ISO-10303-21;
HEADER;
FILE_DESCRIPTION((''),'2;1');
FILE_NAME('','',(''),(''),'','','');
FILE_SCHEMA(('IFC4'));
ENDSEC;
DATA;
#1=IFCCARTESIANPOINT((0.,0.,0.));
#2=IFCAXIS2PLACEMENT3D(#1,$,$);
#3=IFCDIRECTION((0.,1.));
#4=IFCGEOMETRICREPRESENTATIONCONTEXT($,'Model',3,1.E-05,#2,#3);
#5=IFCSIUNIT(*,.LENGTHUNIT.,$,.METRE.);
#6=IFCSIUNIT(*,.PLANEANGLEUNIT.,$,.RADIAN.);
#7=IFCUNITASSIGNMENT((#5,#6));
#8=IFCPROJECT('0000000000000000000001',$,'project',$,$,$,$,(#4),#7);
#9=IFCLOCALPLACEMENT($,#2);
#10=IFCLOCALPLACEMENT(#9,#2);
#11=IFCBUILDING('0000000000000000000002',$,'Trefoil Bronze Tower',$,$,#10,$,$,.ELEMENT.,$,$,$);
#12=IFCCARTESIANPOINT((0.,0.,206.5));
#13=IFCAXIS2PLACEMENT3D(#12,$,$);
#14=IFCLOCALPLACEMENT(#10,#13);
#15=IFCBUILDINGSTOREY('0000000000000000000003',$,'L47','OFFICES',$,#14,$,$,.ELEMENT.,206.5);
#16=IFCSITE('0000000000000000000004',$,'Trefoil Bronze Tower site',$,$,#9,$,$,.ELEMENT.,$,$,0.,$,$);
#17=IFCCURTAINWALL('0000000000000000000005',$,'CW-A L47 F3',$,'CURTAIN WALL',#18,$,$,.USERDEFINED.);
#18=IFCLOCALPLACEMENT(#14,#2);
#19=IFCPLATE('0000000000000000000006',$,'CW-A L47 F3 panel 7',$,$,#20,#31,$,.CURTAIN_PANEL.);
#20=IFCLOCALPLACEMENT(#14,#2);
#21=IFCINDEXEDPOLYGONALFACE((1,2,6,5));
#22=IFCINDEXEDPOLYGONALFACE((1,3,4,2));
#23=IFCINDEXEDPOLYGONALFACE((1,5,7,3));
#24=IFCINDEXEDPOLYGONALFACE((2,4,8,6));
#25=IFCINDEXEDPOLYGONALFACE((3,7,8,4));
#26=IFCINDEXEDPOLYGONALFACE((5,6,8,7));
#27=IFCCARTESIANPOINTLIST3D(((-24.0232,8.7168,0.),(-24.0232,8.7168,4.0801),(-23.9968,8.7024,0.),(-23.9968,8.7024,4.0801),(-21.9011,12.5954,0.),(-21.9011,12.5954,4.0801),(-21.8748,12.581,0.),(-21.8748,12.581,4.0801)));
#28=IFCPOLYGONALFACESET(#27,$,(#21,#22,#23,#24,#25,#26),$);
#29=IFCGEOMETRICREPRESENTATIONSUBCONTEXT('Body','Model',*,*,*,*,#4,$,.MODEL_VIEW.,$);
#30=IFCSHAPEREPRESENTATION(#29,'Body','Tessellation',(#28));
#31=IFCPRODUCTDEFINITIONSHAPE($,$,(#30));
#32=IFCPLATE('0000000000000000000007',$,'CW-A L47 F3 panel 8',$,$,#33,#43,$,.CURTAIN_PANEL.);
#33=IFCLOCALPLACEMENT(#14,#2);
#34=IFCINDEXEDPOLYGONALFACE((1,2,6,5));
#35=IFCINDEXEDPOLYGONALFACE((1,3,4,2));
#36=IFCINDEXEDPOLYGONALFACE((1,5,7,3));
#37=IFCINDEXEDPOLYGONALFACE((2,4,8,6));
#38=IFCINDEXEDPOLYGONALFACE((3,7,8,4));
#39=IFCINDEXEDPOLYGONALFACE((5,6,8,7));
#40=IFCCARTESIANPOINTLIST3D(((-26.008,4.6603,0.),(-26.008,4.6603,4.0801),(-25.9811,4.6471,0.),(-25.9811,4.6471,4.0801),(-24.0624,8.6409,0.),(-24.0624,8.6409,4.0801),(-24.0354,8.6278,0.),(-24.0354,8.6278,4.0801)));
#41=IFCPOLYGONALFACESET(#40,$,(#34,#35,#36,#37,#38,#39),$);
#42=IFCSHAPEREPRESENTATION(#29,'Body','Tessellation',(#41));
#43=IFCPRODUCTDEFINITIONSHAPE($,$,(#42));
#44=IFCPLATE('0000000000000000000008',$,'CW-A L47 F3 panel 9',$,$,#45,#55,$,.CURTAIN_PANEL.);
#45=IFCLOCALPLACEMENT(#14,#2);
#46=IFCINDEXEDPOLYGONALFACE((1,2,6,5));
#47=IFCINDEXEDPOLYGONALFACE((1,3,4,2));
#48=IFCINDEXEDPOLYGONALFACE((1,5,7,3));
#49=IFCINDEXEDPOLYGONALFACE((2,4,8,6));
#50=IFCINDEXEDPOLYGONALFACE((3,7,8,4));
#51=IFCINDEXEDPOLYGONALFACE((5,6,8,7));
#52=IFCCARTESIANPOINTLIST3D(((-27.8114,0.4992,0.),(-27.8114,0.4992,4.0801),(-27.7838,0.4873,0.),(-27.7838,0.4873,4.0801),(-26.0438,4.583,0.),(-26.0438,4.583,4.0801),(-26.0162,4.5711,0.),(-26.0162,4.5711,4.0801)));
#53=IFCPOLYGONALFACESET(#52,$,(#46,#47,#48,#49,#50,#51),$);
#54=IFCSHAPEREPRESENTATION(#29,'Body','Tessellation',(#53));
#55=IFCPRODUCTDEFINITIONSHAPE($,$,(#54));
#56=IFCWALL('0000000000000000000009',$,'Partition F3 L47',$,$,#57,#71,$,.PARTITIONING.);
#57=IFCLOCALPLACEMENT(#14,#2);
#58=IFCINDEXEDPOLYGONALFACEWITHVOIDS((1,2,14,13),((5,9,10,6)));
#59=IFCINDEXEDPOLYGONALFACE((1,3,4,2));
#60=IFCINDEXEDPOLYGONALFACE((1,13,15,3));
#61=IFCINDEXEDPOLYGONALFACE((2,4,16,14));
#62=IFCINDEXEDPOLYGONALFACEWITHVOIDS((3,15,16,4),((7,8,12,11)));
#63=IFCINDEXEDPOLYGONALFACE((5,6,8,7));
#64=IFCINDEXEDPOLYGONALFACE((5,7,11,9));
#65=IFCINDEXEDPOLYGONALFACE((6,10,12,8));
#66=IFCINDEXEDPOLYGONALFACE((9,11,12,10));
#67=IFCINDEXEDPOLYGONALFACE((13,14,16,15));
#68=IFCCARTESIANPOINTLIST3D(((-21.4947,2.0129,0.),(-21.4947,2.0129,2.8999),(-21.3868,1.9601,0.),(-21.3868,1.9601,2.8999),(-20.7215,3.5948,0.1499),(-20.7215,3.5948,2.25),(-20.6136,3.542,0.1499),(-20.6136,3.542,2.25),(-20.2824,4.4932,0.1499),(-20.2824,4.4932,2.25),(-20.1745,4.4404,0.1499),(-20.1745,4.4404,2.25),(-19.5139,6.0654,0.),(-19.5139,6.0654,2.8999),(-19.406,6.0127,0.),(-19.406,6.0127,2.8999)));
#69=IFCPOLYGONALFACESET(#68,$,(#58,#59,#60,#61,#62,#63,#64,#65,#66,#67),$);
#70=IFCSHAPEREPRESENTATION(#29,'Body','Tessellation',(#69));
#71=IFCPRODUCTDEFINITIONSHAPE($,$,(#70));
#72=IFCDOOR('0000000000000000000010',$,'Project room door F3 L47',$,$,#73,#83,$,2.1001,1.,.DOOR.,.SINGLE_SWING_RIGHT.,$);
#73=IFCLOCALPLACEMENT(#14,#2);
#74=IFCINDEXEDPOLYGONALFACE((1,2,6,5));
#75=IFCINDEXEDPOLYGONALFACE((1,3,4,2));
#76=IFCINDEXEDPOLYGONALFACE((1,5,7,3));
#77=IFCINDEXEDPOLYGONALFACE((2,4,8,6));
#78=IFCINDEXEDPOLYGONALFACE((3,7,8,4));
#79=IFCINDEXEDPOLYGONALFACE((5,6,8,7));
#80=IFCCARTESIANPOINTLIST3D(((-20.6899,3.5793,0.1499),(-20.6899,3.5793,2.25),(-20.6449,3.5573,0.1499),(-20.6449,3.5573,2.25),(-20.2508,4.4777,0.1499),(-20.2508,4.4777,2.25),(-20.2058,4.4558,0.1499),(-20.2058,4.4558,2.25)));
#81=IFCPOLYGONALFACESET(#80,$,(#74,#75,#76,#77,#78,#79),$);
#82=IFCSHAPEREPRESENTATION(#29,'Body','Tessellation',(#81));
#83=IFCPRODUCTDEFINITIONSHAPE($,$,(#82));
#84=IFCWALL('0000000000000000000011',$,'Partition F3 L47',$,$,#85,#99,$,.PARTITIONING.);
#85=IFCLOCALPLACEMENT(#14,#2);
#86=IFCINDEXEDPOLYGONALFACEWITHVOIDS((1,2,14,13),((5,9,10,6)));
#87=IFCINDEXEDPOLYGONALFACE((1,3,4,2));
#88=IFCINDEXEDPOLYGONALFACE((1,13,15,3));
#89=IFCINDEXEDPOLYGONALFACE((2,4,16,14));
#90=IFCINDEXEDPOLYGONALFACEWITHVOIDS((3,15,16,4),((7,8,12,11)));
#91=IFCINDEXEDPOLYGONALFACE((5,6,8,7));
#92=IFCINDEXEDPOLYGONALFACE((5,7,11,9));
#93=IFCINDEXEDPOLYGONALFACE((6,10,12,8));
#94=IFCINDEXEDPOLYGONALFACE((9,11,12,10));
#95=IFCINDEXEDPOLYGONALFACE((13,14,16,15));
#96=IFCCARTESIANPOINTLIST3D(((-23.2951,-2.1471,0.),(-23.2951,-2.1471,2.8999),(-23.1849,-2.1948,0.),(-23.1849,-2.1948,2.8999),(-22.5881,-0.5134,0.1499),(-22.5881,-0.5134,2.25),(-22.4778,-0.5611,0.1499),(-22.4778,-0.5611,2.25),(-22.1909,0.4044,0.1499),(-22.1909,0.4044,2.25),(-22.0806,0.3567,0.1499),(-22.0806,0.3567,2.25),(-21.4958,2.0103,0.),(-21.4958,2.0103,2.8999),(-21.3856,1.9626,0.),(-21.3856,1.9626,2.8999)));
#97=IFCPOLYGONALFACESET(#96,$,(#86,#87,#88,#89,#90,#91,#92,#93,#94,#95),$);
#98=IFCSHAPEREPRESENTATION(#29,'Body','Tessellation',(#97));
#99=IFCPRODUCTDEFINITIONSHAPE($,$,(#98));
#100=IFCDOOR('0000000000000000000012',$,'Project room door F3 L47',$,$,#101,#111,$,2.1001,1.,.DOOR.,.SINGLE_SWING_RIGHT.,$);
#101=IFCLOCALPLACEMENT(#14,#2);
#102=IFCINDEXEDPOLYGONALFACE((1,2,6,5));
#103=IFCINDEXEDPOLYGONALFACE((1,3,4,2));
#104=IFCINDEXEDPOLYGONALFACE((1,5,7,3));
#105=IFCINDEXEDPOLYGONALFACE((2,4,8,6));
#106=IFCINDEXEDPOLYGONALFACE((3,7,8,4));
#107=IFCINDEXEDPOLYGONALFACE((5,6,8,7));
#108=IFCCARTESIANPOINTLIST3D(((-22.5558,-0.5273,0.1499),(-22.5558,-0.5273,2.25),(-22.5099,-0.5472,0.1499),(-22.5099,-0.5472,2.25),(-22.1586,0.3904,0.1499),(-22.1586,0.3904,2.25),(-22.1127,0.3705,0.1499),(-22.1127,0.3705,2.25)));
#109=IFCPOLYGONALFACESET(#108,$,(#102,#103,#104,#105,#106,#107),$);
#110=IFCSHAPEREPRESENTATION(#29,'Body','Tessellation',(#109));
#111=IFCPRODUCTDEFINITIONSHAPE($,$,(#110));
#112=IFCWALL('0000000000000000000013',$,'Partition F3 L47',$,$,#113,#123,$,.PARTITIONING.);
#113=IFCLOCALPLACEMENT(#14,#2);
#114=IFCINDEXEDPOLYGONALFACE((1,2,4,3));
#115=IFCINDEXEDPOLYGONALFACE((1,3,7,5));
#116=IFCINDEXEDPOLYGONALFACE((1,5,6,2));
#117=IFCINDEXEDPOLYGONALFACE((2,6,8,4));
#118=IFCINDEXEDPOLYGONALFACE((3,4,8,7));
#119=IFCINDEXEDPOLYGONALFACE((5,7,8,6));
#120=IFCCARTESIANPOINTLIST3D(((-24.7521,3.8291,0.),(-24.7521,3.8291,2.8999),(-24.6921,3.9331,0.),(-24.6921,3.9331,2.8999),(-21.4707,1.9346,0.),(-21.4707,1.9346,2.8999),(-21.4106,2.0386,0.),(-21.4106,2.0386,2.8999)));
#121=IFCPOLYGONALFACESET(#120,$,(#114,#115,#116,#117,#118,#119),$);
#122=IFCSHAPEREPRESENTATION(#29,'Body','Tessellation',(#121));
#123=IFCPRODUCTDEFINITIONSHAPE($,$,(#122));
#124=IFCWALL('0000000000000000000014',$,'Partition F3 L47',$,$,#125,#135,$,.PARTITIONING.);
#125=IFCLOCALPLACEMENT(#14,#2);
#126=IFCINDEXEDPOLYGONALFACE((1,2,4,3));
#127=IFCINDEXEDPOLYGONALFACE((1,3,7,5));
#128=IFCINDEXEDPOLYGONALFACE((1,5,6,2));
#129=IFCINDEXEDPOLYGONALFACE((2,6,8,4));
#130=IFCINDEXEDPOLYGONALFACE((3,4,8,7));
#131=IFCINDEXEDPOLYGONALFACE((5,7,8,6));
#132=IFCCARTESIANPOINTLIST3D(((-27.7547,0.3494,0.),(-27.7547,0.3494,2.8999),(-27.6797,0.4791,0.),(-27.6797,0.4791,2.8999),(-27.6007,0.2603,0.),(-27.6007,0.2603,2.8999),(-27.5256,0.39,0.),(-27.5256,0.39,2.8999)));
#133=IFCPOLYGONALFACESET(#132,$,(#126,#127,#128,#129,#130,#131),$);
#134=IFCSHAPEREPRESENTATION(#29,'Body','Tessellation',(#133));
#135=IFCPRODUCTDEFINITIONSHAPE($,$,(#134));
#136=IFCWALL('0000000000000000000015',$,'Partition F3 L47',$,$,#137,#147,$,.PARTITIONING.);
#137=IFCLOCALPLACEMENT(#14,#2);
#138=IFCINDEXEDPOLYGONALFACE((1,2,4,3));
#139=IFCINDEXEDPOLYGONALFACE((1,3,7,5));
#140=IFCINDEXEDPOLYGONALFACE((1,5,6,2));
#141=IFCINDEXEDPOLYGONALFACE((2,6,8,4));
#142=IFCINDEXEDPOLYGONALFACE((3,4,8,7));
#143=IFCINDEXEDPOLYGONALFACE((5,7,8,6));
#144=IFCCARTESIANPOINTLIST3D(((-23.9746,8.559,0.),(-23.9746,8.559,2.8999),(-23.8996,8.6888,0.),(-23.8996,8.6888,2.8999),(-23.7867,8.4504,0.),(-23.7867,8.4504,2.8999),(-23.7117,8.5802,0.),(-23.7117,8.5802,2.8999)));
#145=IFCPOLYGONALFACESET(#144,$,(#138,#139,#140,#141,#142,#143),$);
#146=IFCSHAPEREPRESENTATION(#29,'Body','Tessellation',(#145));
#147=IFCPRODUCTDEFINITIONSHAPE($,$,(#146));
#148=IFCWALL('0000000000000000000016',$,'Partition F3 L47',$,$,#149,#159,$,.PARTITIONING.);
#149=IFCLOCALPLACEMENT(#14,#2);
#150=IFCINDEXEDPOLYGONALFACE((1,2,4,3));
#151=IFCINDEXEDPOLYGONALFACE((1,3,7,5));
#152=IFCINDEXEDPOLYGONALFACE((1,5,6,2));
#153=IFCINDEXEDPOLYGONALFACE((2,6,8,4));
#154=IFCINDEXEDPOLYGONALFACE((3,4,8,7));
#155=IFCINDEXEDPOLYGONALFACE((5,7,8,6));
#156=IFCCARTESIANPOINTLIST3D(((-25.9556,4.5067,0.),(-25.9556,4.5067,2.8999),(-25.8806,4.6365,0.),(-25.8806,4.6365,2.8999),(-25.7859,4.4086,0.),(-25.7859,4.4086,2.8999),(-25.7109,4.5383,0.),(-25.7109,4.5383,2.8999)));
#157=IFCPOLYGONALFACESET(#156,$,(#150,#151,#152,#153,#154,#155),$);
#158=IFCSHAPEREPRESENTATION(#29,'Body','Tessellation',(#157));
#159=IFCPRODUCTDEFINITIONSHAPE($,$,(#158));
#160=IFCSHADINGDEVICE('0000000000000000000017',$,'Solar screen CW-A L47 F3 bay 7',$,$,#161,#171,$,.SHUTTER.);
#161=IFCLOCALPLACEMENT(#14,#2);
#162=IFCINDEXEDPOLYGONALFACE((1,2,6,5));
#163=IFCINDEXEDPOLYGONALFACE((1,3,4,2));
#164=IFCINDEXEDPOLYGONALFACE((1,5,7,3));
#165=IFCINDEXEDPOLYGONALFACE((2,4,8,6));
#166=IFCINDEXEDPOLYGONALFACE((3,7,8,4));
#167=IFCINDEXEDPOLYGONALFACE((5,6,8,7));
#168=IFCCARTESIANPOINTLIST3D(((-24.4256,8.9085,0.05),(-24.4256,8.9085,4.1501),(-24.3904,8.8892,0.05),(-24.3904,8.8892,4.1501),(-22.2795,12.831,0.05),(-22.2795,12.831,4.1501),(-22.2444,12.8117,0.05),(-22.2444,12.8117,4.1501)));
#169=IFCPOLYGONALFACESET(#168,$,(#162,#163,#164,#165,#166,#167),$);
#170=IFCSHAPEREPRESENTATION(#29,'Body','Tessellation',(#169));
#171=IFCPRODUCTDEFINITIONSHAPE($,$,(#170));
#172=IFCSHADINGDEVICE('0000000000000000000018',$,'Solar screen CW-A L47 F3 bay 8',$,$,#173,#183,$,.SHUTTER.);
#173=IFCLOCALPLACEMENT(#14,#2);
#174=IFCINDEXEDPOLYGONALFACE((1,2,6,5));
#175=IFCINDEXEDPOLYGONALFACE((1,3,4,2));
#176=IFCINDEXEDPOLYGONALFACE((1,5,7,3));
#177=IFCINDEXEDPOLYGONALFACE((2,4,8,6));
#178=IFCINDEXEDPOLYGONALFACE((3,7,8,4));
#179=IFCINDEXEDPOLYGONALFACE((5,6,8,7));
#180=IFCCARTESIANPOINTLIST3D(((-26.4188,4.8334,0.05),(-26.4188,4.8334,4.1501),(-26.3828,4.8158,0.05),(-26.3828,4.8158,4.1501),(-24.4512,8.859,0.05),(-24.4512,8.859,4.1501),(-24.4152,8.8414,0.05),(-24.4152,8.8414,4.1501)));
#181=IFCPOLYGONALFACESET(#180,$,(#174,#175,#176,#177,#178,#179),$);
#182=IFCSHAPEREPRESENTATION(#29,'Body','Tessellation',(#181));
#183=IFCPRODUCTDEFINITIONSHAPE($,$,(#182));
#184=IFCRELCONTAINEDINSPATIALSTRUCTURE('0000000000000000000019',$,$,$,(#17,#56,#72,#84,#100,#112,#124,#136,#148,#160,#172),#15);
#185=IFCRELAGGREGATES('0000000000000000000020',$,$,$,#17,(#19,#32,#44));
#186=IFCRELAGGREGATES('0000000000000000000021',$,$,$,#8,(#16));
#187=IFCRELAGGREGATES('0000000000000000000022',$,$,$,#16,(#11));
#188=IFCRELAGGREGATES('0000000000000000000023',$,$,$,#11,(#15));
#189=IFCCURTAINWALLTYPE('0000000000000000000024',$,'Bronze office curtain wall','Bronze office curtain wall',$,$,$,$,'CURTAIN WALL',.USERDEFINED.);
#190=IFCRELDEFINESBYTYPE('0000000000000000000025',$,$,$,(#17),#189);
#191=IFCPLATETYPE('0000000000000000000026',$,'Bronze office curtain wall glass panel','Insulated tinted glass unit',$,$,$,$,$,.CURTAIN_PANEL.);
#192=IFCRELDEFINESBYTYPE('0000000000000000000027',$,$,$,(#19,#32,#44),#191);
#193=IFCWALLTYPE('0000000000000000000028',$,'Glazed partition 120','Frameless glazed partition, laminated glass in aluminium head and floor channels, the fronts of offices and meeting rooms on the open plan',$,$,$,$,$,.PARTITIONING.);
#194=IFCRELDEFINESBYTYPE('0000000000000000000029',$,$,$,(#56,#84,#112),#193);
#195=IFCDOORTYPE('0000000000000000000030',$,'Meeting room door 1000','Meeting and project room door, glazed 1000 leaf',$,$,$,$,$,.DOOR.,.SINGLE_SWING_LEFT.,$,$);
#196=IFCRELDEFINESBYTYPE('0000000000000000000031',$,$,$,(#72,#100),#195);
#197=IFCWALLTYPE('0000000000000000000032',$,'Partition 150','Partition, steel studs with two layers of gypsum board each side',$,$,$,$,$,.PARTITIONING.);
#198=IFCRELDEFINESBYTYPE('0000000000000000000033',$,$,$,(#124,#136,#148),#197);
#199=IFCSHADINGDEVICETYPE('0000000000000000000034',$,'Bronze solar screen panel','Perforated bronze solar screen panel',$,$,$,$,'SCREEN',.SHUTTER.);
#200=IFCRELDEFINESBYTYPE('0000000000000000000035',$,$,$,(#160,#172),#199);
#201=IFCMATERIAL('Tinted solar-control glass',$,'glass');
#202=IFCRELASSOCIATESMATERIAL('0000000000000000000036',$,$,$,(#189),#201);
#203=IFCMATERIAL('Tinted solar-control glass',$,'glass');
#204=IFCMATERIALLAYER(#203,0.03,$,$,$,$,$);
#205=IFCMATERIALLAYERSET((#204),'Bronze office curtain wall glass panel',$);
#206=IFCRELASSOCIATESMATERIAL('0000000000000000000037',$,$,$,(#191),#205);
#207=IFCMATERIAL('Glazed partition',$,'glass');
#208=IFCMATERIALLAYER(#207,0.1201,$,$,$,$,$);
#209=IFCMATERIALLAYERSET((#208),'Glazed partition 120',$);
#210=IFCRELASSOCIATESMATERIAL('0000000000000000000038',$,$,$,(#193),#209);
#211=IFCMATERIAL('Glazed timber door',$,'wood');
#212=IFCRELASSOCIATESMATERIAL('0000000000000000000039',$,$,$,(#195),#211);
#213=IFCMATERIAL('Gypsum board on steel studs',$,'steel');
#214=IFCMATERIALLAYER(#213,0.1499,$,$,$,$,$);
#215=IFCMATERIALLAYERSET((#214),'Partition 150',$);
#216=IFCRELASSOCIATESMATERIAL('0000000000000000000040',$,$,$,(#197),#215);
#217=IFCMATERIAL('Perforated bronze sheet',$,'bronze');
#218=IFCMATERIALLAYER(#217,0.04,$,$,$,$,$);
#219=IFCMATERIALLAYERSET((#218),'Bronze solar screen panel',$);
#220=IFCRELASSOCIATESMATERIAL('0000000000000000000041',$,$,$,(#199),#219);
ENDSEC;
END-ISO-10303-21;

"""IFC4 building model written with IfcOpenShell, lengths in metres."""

from ifc_helpers import new_model, si_unit, direction, frame, frame_2d, origin, origin_2d, place, context, subcontext, project, spatial, rectangle, extrude, material, layer, layer_set, type_object, element, fill, aggregate, save


model = new_model("IFC4")

# Units and contexts
model_context = context("Model", 3, precision=1e-05, world=origin(), true_north=direction((0.0, 1.0)))
body_context = subcontext(model_context, "Body", "Model", "MODEL_VIEW")
ifc_project = project(units=[si_unit("LENGTHUNIT", "METRE"), si_unit("PLANEANGLEUNIT", "RADIAN")], contexts=[model_context])

# Site, building, storey
site_placement = place(None, origin())
site = spatial("IfcSite", under=ifc_project, at=site_placement, Name="Trefoil Bronze Tower site", CompositionType="ELEMENT", RefElevation=0.0)
building_placement = place(site_placement, origin())
building = spatial("IfcBuilding", under=site, at=building_placement, Name="Trefoil Bronze Tower", CompositionType="ELEMENT")
storey_placement = place(building_placement, frame((0.0, 0.0, 206.5)))
storey = spatial("IfcBuildingStorey", under=building, at=storey_placement, Name="L47", Description="OFFICES", CompositionType="ELEMENT", Elevation=206.5)

# Curtain wall
ifc_material_1 = material(Name="Tinted solar-control glass", Category="glass")
curtain_wall_type = type_object("IfcCurtainWallType", Name="Bronze office curtain wall", Description="Bronze office curtain wall", ElementType="CURTAIN WALL", PredefinedType="USERDEFINED", material=ifc_material_1)
curtain_wall_placement = place(storey_placement, origin())
curtain_wall = element("IfcCurtainWall", 1, at=curtain_wall_placement, inside=storey, type_object=curtain_wall_type, Name="CW-A L47 F3", ObjectType="CURTAIN WALL", PredefinedType="USERDEFINED")

# Plates
ifc_material_2 = material(Name="Tinted solar-control glass", Category="glass")
ifc_layer_1 = layer(ifc_material_2, 0.03)
ifc_layer_set_1 = layer_set([ifc_layer_1], Name="Bronze office curtain wall glass panel")
plate_type = type_object("IfcPlateType", Name="Bronze office curtain wall glass panel", Description="Insulated tinted glass unit", PredefinedType="CURTAIN_PANEL", material=ifc_layer_set_1)
plate_1_placement = place(storey_placement, frame((-22.949, 10.6489, 0.0), z_axis=(0.0, 0.0, 1.0), x_axis=(-0.479974, -0.877283, 0.0)))
plate_1 = element("IfcPlate", 2, at=plate_1_placement, type_object=plate_type, Name="CW-A L47 F3 panel 7", PredefinedType="CURTAIN_PANEL", context=body_context, shape_type="SweptSolid", body=[
    extrude(rectangle(XDim=4.4211, YDim=0.03, at=origin_2d()), origin(), (0.0, 0.0, 1.0), 4.0801),
])
plate_2_placement = place(storey_placement, frame((-25.0217, 6.644, 0.0), z_axis=(0.0, 0.0, 1.0), x_axis=(-0.439129, -0.898424, 0.0)))
plate_2 = element("IfcPlate", 3, at=plate_2_placement, type_object=plate_type, Name="CW-A L47 F3 panel 8", PredefinedType="CURTAIN_PANEL", context=body_context, shape_type="SweptSolid", body=[
    extrude(rectangle(XDim=4.4307, YDim=0.03, at=origin_2d()), origin(), (0.0, 0.0, 1.0), 4.0801),
])
plate_3_placement = place(storey_placement, frame((-26.9138, 2.5352, 0.0), z_axis=(0.0, 0.0, 1.0), x_axis=(-0.39722, -0.917723, 0.0)))
plate_3 = element("IfcPlate", 4, at=plate_3_placement, type_object=plate_type, Name="CW-A L47 F3 panel 9", PredefinedType="CURTAIN_PANEL", context=body_context, shape_type="SweptSolid", body=[
    extrude(rectangle(XDim=4.45, YDim=0.03, at=origin_2d()), origin(), (0.0, 0.0, 1.0), 4.0801),
])
aggregate(curtain_wall, [plate_1, plate_2, plate_3])

# Walls, openings, doors
ifc_material_3 = material(Name="Glazed partition", Category="glass")
ifc_layer_2 = layer(ifc_material_3, 0.1201)
ifc_layer_set_2 = layer_set([ifc_layer_2], Name="Glazed partition 120")
wall_type_1 = type_object("IfcWallType", Name="Glazed partition 120", Description="Frameless glazed partition, laminated glass in aluminium head and floor channels, the fronts of offices and meeting rooms on the open plan", PredefinedType="PARTITIONING", material=ifc_layer_set_2)
wall_1_placement = place(storey_placement, frame((-19.46, 6.0391, 0.0), z_axis=(0.0, 0.0, 1.0), x_axis=(-0.43912, -0.898428, 0.0)))
wall_1 = element("IfcWall", 5, at=wall_1_placement, inside=storey, type_object=wall_type_1, Name="Partition F3 L47", PredefinedType="PARTITIONING", context=body_context, shape_type="SweptSolid", body=[
    extrude(rectangle(XDim=4.5107, YDim=0.1201, at=frame_2d((2.2554, 0.0))), origin(), (0.0, 0.0, 1.0), 2.8999),
])
opening_1_placement = place(wall_1_placement, frame((1.75, 0.0, 0.1499)))
opening_1 = element("IfcOpeningElement", 6, at=opening_1_placement, cuts=wall_1, PredefinedType="OPENING", context=body_context, shape_type="SweptSolid", body=[
    extrude(rectangle(XDim=1.0, YDim=2.1001, at=frame_2d((0.5, 1.05))), frame((0.0, 0.0701, 0.0), z_axis=(0.0, -1.0, 0.0), x_axis=(1.0, 0.0, 0.0)), (0.0, 0.0, 1.0), 0.1401),
])
ifc_material_4 = material(Name="Glazed timber door", Category="wood")
door_type = type_object("IfcDoorType", Name="Meeting room door 1000", Description="Meeting and project room door, glazed 1000 leaf", OperationType="SINGLE_SWING_LEFT", PredefinedType="DOOR", material=ifc_material_4)
door_1_placement = place(opening_1_placement, frame((1.0, 0.0, 0.0), z_axis=(0.0, 0.0, 1.0), x_axis=(-1.0, 0.0, 0.0)))
door_1 = element("IfcDoor", 7, at=door_1_placement, inside=storey, type_object=door_type, Name="Project room door F3 L47", OperationType="SINGLE_SWING_RIGHT", OverallHeight=2.1001, OverallWidth=1.0, PredefinedType="DOOR", context=body_context, shape_type="SweptSolid", body=[
    extrude(rectangle(XDim=1.0, YDim=2.1001, at=frame_2d((0.5, 1.05))), frame((0.0, 0.0249, 0.0), z_axis=(0.0, -1.0, 0.0), x_axis=(1.0, 0.0, 0.0)), (0.0, 0.0, 1.0), 0.05),
])
fill(opening_1, door_1)
wall_2_placement = place(storey_placement, frame((-21.4407, 1.9866, 0.0), z_axis=(0.0, 0.0, 1.0), x_axis=(-0.397188, -0.917737, 0.0)))
wall_2 = element("IfcWall", 8, at=wall_2_placement, inside=storey, type_object=wall_type_1, Name="Partition F3 L47", PredefinedType="PARTITIONING", context=body_context, shape_type="SweptSolid", body=[
    extrude(rectangle(XDim=4.53, YDim=0.1201, at=frame_2d((2.2651, 0.0))), origin(), (0.0, 0.0, 1.0), 2.8999),
])
opening_2_placement = place(wall_2_placement, frame((1.75, 0.0, 0.1499)))
opening_2 = element("IfcOpeningElement", 9, at=opening_2_placement, cuts=wall_2, PredefinedType="OPENING", context=body_context, shape_type="SweptSolid", body=[
    extrude(rectangle(XDim=1.0, YDim=2.1001, at=frame_2d((0.5, 1.05))), frame((0.0, 0.0701, 0.0), z_axis=(0.0, -1.0, 0.0), x_axis=(1.0, 0.0, 0.0)), (0.0, 0.0, 1.0), 0.1401),
])
door_2_placement = place(opening_2_placement, frame((1.0, 0.0, 0.0), z_axis=(0.0, 0.0, 1.0), x_axis=(-1.0, 0.0, 0.0)))
door_2 = element("IfcDoor", 10, at=door_2_placement, inside=storey, type_object=door_type, Name="Project room door F3 L47", OperationType="SINGLE_SWING_RIGHT", OverallHeight=2.1001, OverallWidth=1.0, PredefinedType="DOOR", context=body_context, shape_type="SweptSolid", body=[
    extrude(rectangle(XDim=1.0, YDim=2.1001, at=frame_2d((0.5, 1.05))), frame((0.0, 0.0249, 0.0), z_axis=(0.0, -1.0, 0.0), x_axis=(1.0, 0.0, 0.0)), (0.0, 0.0, 1.0), 0.05),
])
fill(opening_2, door_2)

# Walls
wall_3_placement = place(storey_placement, frame((-21.4407, 1.9866, 0.0), z_axis=(0.0, 0.0, 1.0), x_axis=(-0.86603, 0.499992, 0.0)))
element("IfcWall", 11, at=wall_3_placement, inside=storey, type_object=wall_type_1, Name="Partition F3 L47", PredefinedType="PARTITIONING", context=body_context, shape_type="SweptSolid", body=[
    extrude(rectangle(XDim=3.7891, YDim=0.1201, at=frame_2d((1.8945, 0.0))), origin(), (0.0, 0.0, 1.0), 2.8999),
])
ifc_material_5 = material(Name="Gypsum board on steel studs", Category="steel")
ifc_layer_3 = layer(ifc_material_5, 0.1499)
ifc_layer_set_3 = layer_set([ifc_layer_3], Name="Partition 150")
wall_type_2 = type_object("IfcWallType", Name="Partition 150", Description="Partition, steel studs with two layers of gypsum board each side", PredefinedType="PARTITIONING", material=ifc_layer_set_3)
wall_4_placement = place(storey_placement, frame((-27.5632, 0.3252, 0.0), z_axis=(0.0, 0.0, 1.0), x_axis=(-0.865614, 0.500712, 0.0)))
element("IfcWall", 12, at=wall_4_placement, inside=storey, type_object=wall_type_2, Name="Partition F3 L47", PredefinedType="PARTITIONING", context=body_context, shape_type="SweptSolid", body=[
    extrude(rectangle(XDim=0.178, YDim=0.1499, at=frame_2d((0.0889, 0.0))), origin(), (0.0, 0.0, 1.0), 2.8999),
])
wall_5_placement = place(storey_placement, frame((-23.7493, 8.5154, 0.0), z_axis=(0.0, 0.0, 1.0), x_axis=(-0.865811, 0.500371, 0.0)))
element("IfcWall", 13, at=wall_5_placement, inside=storey, type_object=wall_type_2, Name="Partition F3 L47", PredefinedType="PARTITIONING", context=body_context, shape_type="SweptSolid", body=[
    extrude(rectangle(XDim=0.217, YDim=0.1499, at=frame_2d((0.1084, 0.0))), origin(), (0.0, 0.0, 1.0), 2.8999),
])
wall_6_placement = place(storey_placement, frame((-25.7483, 4.4734, 0.0), z_axis=(0.0, 0.0, 1.0), x_axis=(-0.865625, 0.500693, 0.0)))
element("IfcWall", 14, at=wall_6_placement, inside=storey, type_object=wall_type_2, Name="Partition F3 L47", PredefinedType="PARTITIONING", context=body_context, shape_type="SweptSolid", body=[
    extrude(rectangle(XDim=0.196, YDim=0.1499, at=frame_2d((0.0981, 0.0))), origin(), (0.0, 0.0, 1.0), 2.8999),
])

# Shading devices
ifc_material_6 = material(Name="Perforated bronze sheet", Category="bronze")
ifc_layer_4 = layer(ifc_material_6, 0.04)
ifc_layer_set_4 = layer_set([ifc_layer_4], Name="Bronze solar screen panel")
shading_device_type = type_object("IfcShadingDeviceType", Name="Bronze solar screen panel", Description="Perforated bronze solar screen panel", ElementType="SCREEN", PredefinedType="SHUTTER", material=ifc_layer_set_4)
shading_device_1_placement = place(storey_placement, frame((-23.335, 10.8601, 0.05), z_axis=(0.0, 0.0, 1.0), x_axis=(-0.479974, -0.877283, 0.0)))
element("IfcShadingDevice", 15, at=shading_device_1_placement, inside=storey, type_object=shading_device_type, Name="Solar screen CW-A L47 F3 bay 7", PredefinedType="SHUTTER", context=body_context, shape_type="SweptSolid", body=[
    extrude(rectangle(XDim=4.4712, YDim=0.04, at=origin_2d()), origin(), (0.0, 0.0, 1.0), 4.1001),
])
shading_device_2_placement = place(storey_placement, frame((-25.417, 6.8374, 0.05), z_axis=(0.0, 0.0, 1.0), x_axis=(-0.439129, -0.898424, 0.0)))
element("IfcShadingDevice", 16, at=shading_device_2_placement, inside=storey, type_object=shading_device_type, Name="Solar screen CW-A L47 F3 bay 8", PredefinedType="SHUTTER", context=body_context, shape_type="SweptSolid", body=[
    extrude(rectangle(XDim=4.4807, YDim=0.04, at=origin_2d()), origin(), (0.0, 0.0, 1.0), 4.1001),
])

save(model, "model.ifc")
